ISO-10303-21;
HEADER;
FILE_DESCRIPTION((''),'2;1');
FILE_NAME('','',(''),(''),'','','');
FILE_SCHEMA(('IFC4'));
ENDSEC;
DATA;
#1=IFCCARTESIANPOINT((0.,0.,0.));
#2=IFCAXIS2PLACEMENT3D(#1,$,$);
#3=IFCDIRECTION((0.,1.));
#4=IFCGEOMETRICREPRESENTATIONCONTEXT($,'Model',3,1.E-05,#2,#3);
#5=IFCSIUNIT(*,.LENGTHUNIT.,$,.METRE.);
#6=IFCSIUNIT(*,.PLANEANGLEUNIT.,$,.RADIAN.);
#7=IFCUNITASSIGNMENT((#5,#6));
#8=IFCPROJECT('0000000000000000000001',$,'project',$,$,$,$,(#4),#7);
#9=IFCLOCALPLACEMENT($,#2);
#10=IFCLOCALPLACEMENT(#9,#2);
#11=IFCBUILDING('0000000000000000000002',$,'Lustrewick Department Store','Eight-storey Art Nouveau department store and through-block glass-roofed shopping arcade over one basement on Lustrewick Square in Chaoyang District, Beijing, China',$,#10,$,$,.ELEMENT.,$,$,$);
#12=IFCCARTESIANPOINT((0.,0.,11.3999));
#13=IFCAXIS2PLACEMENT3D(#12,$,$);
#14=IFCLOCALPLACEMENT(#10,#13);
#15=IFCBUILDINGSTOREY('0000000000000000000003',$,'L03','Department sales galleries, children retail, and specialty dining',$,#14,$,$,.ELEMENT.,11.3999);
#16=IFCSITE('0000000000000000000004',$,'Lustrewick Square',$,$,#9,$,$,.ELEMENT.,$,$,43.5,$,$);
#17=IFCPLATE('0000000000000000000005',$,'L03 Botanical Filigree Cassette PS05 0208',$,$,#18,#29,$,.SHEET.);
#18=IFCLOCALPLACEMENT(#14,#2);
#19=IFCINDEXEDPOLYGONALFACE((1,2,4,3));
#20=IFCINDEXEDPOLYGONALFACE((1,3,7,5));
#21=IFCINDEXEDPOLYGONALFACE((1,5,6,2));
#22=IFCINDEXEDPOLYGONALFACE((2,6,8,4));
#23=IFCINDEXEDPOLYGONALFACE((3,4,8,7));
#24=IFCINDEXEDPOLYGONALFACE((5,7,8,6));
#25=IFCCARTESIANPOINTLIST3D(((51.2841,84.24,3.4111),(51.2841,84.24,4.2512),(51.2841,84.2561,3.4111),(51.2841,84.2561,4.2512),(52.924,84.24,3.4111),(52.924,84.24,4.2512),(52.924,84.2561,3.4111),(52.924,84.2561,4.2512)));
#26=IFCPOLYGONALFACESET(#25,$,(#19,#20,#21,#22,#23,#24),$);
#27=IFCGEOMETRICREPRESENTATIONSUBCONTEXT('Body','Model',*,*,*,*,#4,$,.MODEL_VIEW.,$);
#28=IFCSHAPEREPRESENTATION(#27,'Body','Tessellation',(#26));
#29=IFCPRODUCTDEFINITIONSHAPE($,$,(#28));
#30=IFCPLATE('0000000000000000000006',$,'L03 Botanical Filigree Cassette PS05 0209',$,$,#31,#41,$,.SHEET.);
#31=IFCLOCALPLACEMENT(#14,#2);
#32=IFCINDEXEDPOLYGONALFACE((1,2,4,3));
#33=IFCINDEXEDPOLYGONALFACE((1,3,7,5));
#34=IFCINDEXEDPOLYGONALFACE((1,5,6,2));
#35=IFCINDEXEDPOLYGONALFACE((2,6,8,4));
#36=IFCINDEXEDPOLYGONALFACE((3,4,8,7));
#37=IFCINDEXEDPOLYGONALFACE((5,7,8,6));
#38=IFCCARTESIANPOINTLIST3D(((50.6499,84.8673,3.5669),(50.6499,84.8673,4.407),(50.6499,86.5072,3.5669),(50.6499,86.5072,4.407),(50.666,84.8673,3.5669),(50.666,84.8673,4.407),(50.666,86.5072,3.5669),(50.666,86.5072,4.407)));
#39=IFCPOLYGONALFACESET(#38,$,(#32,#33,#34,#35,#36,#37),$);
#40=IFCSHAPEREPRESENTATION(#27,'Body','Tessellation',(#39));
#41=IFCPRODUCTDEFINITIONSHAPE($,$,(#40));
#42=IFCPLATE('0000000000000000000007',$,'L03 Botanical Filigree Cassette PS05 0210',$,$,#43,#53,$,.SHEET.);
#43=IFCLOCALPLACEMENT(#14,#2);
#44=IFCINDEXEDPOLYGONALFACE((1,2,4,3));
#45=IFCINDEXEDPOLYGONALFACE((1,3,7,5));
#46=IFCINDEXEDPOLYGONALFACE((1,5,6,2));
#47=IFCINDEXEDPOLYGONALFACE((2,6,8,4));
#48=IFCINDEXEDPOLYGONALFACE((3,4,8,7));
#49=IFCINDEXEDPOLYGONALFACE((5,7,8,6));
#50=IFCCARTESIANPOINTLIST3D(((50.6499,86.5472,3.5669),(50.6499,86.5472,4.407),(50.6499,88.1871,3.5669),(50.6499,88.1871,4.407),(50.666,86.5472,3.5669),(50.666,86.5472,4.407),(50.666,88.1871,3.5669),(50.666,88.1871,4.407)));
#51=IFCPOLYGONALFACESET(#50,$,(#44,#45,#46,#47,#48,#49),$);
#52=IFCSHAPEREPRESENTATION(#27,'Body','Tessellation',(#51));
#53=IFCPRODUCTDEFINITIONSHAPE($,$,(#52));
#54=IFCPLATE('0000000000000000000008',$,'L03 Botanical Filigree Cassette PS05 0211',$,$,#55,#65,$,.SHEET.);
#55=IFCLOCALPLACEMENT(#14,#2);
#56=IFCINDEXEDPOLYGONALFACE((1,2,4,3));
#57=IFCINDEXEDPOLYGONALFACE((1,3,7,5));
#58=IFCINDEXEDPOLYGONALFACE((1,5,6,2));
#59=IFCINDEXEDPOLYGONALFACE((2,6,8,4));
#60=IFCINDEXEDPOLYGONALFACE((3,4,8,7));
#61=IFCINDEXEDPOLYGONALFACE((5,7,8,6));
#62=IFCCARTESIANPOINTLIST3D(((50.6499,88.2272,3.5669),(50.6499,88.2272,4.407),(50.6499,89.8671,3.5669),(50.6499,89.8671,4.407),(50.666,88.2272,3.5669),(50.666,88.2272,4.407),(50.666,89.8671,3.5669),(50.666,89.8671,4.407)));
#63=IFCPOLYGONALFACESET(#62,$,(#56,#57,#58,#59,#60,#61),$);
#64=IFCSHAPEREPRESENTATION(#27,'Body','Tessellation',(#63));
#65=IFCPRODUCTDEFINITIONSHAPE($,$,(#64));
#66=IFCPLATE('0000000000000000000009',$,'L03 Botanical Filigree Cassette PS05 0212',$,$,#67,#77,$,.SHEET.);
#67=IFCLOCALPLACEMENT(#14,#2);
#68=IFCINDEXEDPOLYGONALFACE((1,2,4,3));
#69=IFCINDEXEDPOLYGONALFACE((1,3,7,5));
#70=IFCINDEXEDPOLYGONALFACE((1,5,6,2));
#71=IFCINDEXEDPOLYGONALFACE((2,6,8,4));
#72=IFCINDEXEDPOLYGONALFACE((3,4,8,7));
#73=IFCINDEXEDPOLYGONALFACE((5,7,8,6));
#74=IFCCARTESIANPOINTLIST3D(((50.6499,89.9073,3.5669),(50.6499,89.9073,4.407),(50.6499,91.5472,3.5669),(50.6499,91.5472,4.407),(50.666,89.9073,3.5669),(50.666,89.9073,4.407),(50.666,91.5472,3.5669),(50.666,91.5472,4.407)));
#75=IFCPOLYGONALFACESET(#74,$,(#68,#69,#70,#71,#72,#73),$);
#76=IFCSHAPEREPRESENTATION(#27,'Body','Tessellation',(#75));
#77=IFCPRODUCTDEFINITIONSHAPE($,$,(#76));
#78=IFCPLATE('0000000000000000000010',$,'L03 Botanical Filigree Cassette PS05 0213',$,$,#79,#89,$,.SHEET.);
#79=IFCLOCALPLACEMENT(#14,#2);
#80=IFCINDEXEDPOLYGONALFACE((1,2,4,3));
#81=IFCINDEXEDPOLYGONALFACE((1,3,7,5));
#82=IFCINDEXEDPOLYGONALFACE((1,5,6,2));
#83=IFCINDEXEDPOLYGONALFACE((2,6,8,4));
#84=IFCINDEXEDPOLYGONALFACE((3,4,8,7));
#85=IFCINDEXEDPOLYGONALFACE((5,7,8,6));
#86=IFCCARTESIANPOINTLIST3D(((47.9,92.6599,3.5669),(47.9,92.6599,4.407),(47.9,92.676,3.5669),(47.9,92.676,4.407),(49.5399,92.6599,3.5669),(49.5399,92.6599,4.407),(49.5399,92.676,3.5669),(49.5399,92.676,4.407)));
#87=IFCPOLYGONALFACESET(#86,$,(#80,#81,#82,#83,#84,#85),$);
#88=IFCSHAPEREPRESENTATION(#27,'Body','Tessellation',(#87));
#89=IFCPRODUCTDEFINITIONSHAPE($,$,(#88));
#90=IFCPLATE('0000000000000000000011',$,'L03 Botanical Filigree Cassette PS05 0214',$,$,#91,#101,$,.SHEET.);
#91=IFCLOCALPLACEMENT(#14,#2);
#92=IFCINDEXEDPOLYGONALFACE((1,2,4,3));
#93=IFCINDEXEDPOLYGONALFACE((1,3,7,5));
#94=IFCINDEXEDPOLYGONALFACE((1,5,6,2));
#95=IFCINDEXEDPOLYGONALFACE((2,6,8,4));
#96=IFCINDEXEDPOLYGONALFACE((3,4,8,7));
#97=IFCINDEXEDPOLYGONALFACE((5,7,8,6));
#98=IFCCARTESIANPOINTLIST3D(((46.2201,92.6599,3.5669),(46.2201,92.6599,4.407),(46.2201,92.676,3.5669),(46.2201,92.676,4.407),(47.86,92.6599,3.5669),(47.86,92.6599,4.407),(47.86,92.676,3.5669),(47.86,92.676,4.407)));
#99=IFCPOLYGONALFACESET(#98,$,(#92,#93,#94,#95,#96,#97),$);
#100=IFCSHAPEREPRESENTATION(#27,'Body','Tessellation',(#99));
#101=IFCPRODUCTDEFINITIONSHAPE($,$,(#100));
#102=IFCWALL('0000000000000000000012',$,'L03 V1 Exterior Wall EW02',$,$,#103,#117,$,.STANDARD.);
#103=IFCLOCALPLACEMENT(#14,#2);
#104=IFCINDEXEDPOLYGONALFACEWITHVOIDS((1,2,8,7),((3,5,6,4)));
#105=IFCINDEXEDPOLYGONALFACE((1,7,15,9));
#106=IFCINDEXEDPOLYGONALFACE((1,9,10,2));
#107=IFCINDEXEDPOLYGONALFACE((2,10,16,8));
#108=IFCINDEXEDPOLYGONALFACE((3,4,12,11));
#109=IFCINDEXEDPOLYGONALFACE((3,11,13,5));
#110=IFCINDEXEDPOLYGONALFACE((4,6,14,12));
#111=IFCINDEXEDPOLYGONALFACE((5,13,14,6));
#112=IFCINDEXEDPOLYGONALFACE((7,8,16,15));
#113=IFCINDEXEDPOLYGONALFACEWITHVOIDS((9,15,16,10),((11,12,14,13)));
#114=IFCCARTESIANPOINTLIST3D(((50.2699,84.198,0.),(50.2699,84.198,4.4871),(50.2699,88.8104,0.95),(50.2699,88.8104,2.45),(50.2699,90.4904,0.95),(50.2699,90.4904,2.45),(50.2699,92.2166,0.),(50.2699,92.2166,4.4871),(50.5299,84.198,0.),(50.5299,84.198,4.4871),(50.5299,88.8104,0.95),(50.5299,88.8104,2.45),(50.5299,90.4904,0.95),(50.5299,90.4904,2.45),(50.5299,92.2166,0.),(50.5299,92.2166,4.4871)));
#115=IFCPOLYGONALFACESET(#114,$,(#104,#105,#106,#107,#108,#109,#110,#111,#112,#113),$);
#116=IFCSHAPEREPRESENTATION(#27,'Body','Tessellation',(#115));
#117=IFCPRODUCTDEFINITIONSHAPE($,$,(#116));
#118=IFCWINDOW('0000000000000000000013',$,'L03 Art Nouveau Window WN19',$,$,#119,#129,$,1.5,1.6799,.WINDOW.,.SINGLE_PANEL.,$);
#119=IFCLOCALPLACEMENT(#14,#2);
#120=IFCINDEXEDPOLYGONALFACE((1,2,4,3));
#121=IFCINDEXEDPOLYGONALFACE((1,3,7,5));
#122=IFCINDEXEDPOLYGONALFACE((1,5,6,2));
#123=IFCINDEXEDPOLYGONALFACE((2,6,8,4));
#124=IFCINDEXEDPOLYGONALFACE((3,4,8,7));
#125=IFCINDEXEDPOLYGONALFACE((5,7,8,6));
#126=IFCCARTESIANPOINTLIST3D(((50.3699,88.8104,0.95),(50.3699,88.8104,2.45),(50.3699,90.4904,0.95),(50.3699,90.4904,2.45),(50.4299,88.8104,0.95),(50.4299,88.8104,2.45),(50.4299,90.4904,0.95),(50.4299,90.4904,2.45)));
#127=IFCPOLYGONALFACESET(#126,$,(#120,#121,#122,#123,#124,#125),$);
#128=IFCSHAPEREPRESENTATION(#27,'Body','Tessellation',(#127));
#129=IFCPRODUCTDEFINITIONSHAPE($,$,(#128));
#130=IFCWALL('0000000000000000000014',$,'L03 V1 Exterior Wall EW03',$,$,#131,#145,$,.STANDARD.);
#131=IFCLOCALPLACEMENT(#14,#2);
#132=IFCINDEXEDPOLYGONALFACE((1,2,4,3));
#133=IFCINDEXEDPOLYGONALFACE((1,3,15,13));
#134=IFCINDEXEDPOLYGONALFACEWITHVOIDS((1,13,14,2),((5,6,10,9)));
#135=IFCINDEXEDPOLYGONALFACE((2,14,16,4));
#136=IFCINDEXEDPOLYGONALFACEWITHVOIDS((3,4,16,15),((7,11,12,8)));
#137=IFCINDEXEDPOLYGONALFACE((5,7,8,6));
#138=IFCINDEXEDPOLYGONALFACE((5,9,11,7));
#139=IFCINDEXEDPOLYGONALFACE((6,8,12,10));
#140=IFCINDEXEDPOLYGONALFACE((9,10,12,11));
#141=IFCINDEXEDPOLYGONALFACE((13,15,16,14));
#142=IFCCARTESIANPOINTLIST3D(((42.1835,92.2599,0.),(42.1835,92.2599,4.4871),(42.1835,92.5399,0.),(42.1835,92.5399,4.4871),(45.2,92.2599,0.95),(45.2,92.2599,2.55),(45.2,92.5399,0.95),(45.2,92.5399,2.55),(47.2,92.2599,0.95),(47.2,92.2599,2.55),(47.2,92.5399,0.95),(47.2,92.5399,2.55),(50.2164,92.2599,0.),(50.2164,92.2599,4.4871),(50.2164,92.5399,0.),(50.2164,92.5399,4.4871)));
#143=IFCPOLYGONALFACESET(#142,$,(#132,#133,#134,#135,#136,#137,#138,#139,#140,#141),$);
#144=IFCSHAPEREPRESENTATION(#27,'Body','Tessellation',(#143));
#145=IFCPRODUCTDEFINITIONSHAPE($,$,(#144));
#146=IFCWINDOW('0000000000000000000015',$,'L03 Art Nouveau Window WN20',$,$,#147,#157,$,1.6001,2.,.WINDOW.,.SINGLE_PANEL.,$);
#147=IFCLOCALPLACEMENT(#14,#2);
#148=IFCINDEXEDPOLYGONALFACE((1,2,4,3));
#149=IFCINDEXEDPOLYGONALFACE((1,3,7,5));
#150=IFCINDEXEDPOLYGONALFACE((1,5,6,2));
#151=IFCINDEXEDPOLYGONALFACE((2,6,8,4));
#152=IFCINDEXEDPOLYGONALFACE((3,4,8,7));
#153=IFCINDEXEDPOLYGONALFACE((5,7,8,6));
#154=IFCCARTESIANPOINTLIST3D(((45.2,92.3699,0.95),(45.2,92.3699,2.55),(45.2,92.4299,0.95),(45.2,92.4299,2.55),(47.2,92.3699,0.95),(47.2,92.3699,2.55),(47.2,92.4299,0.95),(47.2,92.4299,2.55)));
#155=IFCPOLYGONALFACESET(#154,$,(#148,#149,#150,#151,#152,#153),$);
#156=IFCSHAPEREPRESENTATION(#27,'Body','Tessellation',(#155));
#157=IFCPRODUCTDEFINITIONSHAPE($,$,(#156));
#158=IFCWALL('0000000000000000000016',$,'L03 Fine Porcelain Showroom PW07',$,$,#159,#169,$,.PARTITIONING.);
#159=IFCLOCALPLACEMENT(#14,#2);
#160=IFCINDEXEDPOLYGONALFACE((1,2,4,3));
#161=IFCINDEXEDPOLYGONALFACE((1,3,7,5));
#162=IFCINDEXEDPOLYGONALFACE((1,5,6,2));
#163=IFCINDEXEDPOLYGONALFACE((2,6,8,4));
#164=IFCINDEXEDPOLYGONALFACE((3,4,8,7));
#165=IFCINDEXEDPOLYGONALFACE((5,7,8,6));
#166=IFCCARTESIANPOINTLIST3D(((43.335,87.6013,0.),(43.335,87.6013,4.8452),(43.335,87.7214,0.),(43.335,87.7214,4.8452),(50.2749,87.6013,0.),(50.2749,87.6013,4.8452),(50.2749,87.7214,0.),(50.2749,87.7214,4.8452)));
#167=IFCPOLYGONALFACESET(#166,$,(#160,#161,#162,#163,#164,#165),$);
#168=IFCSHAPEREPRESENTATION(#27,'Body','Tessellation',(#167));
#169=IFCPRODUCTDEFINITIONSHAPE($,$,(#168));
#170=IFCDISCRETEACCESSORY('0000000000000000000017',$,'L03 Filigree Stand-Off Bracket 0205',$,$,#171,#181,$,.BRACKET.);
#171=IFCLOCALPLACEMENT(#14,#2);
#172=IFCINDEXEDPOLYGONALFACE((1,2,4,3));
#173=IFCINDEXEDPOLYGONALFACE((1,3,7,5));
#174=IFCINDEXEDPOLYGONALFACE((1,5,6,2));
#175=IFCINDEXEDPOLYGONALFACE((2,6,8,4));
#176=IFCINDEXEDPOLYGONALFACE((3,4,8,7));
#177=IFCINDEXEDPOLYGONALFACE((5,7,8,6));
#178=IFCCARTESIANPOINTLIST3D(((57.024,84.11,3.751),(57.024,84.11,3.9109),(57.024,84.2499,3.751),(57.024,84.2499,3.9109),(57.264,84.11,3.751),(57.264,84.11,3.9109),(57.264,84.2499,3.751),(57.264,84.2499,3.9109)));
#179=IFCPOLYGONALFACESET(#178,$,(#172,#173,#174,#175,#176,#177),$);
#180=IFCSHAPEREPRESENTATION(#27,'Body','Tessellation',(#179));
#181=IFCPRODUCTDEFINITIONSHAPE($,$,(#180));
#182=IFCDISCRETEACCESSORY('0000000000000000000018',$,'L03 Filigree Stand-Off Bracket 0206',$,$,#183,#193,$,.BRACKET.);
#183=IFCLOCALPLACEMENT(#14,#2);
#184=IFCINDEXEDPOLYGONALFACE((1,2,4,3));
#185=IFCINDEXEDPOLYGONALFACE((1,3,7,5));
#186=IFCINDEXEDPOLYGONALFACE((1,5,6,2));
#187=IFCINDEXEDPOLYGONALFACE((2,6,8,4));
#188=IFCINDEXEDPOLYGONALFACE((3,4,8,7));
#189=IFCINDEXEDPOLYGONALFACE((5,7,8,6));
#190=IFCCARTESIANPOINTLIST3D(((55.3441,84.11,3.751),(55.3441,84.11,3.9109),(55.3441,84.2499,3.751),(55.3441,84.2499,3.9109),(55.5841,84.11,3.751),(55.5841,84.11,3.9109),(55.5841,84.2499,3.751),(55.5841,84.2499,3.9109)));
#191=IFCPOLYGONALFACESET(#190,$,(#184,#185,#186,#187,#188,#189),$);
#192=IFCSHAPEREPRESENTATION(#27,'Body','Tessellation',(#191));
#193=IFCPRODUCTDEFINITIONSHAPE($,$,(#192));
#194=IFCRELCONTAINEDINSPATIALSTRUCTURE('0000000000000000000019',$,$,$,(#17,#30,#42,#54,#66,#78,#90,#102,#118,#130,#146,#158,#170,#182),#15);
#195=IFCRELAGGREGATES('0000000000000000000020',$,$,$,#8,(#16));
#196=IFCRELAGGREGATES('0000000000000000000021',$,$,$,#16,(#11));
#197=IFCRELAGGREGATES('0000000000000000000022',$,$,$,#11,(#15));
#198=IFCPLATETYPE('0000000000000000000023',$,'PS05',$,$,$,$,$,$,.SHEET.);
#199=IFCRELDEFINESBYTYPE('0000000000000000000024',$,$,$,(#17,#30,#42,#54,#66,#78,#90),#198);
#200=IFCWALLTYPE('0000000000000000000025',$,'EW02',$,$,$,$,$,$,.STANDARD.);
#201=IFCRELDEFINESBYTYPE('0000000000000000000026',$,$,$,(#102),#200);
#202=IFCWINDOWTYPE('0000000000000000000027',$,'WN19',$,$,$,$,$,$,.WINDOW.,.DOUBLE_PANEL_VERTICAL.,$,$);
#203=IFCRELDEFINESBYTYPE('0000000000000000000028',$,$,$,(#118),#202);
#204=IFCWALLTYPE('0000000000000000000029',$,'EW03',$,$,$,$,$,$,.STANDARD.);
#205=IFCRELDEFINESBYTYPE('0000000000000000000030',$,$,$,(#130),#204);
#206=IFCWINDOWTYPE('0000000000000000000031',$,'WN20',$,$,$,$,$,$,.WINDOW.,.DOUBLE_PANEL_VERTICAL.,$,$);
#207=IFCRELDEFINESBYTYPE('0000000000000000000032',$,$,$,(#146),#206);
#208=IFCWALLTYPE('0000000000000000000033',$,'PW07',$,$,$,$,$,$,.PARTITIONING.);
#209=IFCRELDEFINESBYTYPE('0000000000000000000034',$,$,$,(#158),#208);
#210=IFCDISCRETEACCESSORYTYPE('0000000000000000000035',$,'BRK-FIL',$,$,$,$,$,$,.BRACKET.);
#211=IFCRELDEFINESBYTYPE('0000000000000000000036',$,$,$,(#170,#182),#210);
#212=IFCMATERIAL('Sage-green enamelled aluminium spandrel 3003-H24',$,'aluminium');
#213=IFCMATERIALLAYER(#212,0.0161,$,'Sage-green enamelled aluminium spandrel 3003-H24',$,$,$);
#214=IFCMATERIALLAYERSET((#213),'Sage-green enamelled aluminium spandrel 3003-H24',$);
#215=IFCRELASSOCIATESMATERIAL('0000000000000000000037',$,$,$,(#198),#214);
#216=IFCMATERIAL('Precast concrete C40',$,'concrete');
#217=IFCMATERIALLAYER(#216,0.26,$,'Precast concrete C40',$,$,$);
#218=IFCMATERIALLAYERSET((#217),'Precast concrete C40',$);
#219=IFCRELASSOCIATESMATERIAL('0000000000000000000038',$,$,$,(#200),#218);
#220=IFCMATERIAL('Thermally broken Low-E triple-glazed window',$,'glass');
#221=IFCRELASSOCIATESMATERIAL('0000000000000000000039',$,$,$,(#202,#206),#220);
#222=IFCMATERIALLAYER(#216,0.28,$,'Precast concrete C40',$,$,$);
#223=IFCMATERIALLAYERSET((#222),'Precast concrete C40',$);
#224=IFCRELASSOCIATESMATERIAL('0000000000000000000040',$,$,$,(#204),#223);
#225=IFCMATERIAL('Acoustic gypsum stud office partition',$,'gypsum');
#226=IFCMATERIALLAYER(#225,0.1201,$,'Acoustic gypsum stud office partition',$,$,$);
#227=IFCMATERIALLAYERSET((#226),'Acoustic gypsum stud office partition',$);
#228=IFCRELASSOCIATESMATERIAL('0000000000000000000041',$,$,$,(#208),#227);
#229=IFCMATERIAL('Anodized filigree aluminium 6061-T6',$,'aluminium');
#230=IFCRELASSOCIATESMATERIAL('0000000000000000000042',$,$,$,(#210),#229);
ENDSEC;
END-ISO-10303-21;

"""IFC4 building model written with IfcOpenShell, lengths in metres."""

from ifc_helpers import new_model, si_unit, direction, frame, frame_2d, origin, origin_2d, place, context, subcontext, project, spatial, rectangle, extrude, material, layer, layer_set, type_object, element, fill, save


model = new_model("IFC4")

# Units and contexts
model_context = context("Model", 3, precision=1e-05, world=origin(), true_north=direction((0.0, 1.0)))
body_context = subcontext(model_context, "Body", "Model", "MODEL_VIEW")
ifc_project = project(units=[si_unit("LENGTHUNIT", "METRE"), si_unit("PLANEANGLEUNIT", "RADIAN")], contexts=[model_context])

# Site, building, storey
site_placement = place(None, origin())
site = spatial("IfcSite", under=ifc_project, at=site_placement, Name="Lustrewick Square", CompositionType="ELEMENT", RefElevation=43.5)
building_placement = place(site_placement, origin())
building = spatial("IfcBuilding", under=site, at=building_placement, Name="Lustrewick Department Store", Description="Eight-storey Art Nouveau department store and through-block glass-roofed shopping arcade over one basement on Lustrewick Square in Chaoyang District, Beijing, China", CompositionType="ELEMENT")
storey_placement = place(building_placement, frame((0.0, 0.0, 11.3999)))
storey = spatial("IfcBuildingStorey", under=building, at=storey_placement, Name="L03", Description="Department sales galleries, children retail, and specialty dining", CompositionType="ELEMENT", Elevation=11.3999)

# Plates
ifc_material_1 = material(Name="Sage-green enamelled aluminium spandrel 3003-H24", Category="aluminium")
ifc_layer_1 = layer(ifc_material_1, 0.0161, Name="Sage-green enamelled aluminium spandrel 3003-H24")
ifc_layer_set_1 = layer_set([ifc_layer_1], Name="Sage-green enamelled aluminium spandrel 3003-H24")
plate_type_1 = type_object("IfcPlateType", Name="PS05", PredefinedType="SHEET", material=ifc_layer_set_1)
for number, where, z_axis, x_axis, name in (
    (1, (52.104, 84.248, 3.4111), (0.0, 0.0, 1.0), (-1.0, 0.0, 0.0), "L03 Botanical Filigree Cassette PS05 0208"),
    (2, (50.658, 85.6873, 3.5669), (0.0, 0.0, 1.0), (0.0, 1.0, 0.0), "L03 Botanical Filigree Cassette PS05 0209"),
    (3, (50.658, 87.3672, 3.5669), (0.0, 0.0, 1.0), (0.0, 1.0, 0.0), "L03 Botanical Filigree Cassette PS05 0210"),
    (4, (50.658, 89.0471, 3.5669), (0.0, 0.0, 1.0), (0.0, 1.0, 0.0), "L03 Botanical Filigree Cassette PS05 0211"),
    (5, (50.658, 90.7273, 3.5669), (0.0, 0.0, 1.0), (0.0, 1.0, 0.0), "L03 Botanical Filigree Cassette PS05 0212"),
    (6, (48.72, 92.668, 3.5669), (0.0, 0.0, 1.0), (-1.0, 0.0, 0.0), "L03 Botanical Filigree Cassette PS05 0213"),
    (7, (47.04, 92.668, 3.5669), (0.0, 0.0, 1.0), (-1.0, 0.0, 0.0), "L03 Botanical Filigree Cassette PS05 0214"),
):
    element("IfcPlate", number, at=place(storey_placement, frame(where, z_axis=z_axis, x_axis=x_axis)), inside=storey, type_object=plate_type_1, Name=name, PredefinedType="SHEET", context=body_context, shape_type="SweptSolid", body=[
        extrude(rectangle(XDim=1.6399, YDim=0.0161, at=origin_2d()), origin(), (0.0, 0.0, 1.0), 0.8401),
    ])

# Walls, openings, windows
ifc_material_2 = material(Name="Precast concrete C40", Category="concrete")
ifc_layer_2 = layer(ifc_material_2, 0.26, Name="Precast concrete C40")
ifc_layer_set_2 = layer_set([ifc_layer_2], Name="Precast concrete C40")
wall_type_1 = type_object("IfcWallType", Name="EW02", PredefinedType="STANDARD", material=ifc_layer_set_2)
wall_1_placement = place(storey_placement, frame((50.3999, 84.198, 0.0), z_axis=(0.0, 0.0, 1.0), x_axis=(0.0, 1.0, 0.0)))
wall_1 = element("IfcWall", 8, at=wall_1_placement, inside=storey, type_object=wall_type_1, Name="L03 V1 Exterior Wall EW02", PredefinedType="STANDARD", context=body_context, shape_type="SweptSolid", body=[
    extrude(rectangle(XDim=8.0186, YDim=0.26, at=frame_2d((4.0093, 0.0))), origin(), (0.0, 0.0, 1.0), 4.4871),
])
opening_1_placement = place(wall_1_placement, frame((4.6125, 0.0, 0.95)))
opening_1 = element("IfcOpeningElement", 9, at=opening_1_placement, cuts=wall_1, PredefinedType="OPENING", context=body_context, shape_type="SweptSolid", body=[
    extrude(rectangle(XDim=1.6799, YDim=1.5, at=frame_2d((0.8398, 0.75))), frame((0.0, 0.1401, 0.0), z_axis=(0.0, -1.0, 0.0), x_axis=(1.0, 0.0, 0.0)), (0.0, 0.0, 1.0), 0.28),
])
ifc_material_3 = material(Name="Thermally broken Low-E triple-glazed window", Category="glass")
window_type_1 = type_object("IfcWindowType", Name="WN19", PartitioningType="DOUBLE_PANEL_VERTICAL", PredefinedType="WINDOW", material=ifc_material_3)
window_1_placement = place(opening_1_placement, origin())
window_1 = element("IfcWindow", 10, at=window_1_placement, inside=storey, type_object=window_type_1, Name="L03 Art Nouveau Window WN19", OverallHeight=1.5, OverallWidth=1.6799, PartitioningType="SINGLE_PANEL", PredefinedType="WINDOW", context=body_context, shape_type="SweptSolid", body=[
    extrude(rectangle(XDim=1.6799, YDim=1.5, at=frame_2d((0.8398, 0.75))), frame((0.0, 0.03, 0.0), z_axis=(0.0, -1.0, 0.0), x_axis=(1.0, 0.0, 0.0)), (0.0, 0.0, 1.0), 0.0601),
])
fill(opening_1, window_1)
ifc_layer_3 = layer(ifc_material_2, 0.28, Name="Precast concrete C40")
ifc_layer_set_3 = layer_set([ifc_layer_3], Name="Precast concrete C40")
wall_type_2 = type_object("IfcWallType", Name="EW03", PredefinedType="STANDARD", material=ifc_layer_set_3)
wall_2_placement = place(storey_placement, frame((50.2166, 92.3999, 0.0), z_axis=(0.0, 0.0, 1.0), x_axis=(-1.0, 0.0, 0.0)))
wall_2 = element("IfcWall", 11, at=wall_2_placement, inside=storey, type_object=wall_type_2, Name="L03 V1 Exterior Wall EW03", PredefinedType="STANDARD", context=body_context, shape_type="SweptSolid", body=[
    extrude(rectangle(XDim=8.033, YDim=0.28, at=frame_2d((4.0166, 0.0))), origin(), (0.0, 0.0, 1.0), 4.4871),
])
opening_2_placement = place(wall_2_placement, frame((3.0166, 0.0, 0.95)))
opening_2 = element("IfcOpeningElement", 12, at=opening_2_placement, cuts=wall_2, PredefinedType="OPENING", context=body_context, shape_type="SweptSolid", body=[
    extrude(rectangle(XDim=2.0, YDim=1.6001, at=frame_2d((1.0, 0.8))), frame((0.0, 0.1499, 0.0), z_axis=(0.0, -1.0, 0.0), x_axis=(1.0, 0.0, 0.0)), (0.0, 0.0, 1.0), 0.3),
])
window_type_2 = type_object("IfcWindowType", Name="WN20", PartitioningType="DOUBLE_PANEL_VERTICAL", PredefinedType="WINDOW", material=ifc_material_3)
window_2_placement = place(opening_2_placement, origin())
window_2 = element("IfcWindow", 13, at=window_2_placement, inside=storey, type_object=window_type_2, Name="L03 Art Nouveau Window WN20", OverallHeight=1.6001, OverallWidth=2.0, PartitioningType="SINGLE_PANEL", PredefinedType="WINDOW", context=body_context, shape_type="SweptSolid", body=[
    extrude(rectangle(XDim=2.0, YDim=1.6001, at=frame_2d((1.0, 0.8))), frame((0.0, 0.03, 0.0), z_axis=(0.0, -1.0, 0.0), x_axis=(1.0, 0.0, 0.0)), (0.0, 0.0, 1.0), 0.0601),
])
fill(opening_2, window_2)

# Wall
ifc_material_4 = material(Name="Acoustic gypsum stud office partition", Category="gypsum")
ifc_layer_4 = layer(ifc_material_4, 0.1201, Name="Acoustic gypsum stud office partition")
ifc_layer_set_4 = layer_set([ifc_layer_4], Name="Acoustic gypsum stud office partition")
wall_type_3 = type_object("IfcWallType", Name="PW07", PredefinedType="PARTITIONING", material=ifc_layer_set_4)
wall_3_placement = place(storey_placement, frame((50.2749, 87.6614, 0.0), z_axis=(0.0, 0.0, 1.0), x_axis=(-1.0, 0.0, 0.0)))
element("IfcWall", 14, at=wall_3_placement, inside=storey, type_object=wall_type_3, Name="L03 Fine Porcelain Showroom PW07", PredefinedType="PARTITIONING", context=body_context, shape_type="SweptSolid", body=[
    extrude(rectangle(XDim=6.9399, YDim=0.1201, at=frame_2d((3.47, 0.0))), origin(), (0.0, 0.0, 1.0), 4.8452),
])

# Discrete accessories
ifc_material_5 = material(Name="Anodized filigree aluminium 6061-T6", Category="aluminium")
discrete_accessory_type = type_object("IfcDiscreteAccessoryType", Name="BRK-FIL", PredefinedType="BRACKET", material=ifc_material_5)
for number, where, z_axis, x_axis, name in (
    (15, (57.144, 84.1799, 3.751), (0.0, 0.0, 1.0), (-1.0, 0.0, 0.0), "L03 Filigree Stand-Off Bracket 0205"),
    (16, (55.4641, 84.1799, 3.751), (0.0, 0.0, 1.0), (-1.0, 0.0, 0.0), "L03 Filigree Stand-Off Bracket 0206"),
):
    element("IfcDiscreteAccessory", number, at=place(storey_placement, frame(where, z_axis=z_axis, x_axis=x_axis)), inside=storey, type_object=discrete_accessory_type, Name=name, PredefinedType="BRACKET", context=body_context, shape_type="SweptSolid", body=[
        extrude(rectangle(XDim=0.24, YDim=0.1399, at=origin_2d()), origin(), (0.0, 0.0, 1.0), 0.1599),
    ])

save(model, "model.ifc")
